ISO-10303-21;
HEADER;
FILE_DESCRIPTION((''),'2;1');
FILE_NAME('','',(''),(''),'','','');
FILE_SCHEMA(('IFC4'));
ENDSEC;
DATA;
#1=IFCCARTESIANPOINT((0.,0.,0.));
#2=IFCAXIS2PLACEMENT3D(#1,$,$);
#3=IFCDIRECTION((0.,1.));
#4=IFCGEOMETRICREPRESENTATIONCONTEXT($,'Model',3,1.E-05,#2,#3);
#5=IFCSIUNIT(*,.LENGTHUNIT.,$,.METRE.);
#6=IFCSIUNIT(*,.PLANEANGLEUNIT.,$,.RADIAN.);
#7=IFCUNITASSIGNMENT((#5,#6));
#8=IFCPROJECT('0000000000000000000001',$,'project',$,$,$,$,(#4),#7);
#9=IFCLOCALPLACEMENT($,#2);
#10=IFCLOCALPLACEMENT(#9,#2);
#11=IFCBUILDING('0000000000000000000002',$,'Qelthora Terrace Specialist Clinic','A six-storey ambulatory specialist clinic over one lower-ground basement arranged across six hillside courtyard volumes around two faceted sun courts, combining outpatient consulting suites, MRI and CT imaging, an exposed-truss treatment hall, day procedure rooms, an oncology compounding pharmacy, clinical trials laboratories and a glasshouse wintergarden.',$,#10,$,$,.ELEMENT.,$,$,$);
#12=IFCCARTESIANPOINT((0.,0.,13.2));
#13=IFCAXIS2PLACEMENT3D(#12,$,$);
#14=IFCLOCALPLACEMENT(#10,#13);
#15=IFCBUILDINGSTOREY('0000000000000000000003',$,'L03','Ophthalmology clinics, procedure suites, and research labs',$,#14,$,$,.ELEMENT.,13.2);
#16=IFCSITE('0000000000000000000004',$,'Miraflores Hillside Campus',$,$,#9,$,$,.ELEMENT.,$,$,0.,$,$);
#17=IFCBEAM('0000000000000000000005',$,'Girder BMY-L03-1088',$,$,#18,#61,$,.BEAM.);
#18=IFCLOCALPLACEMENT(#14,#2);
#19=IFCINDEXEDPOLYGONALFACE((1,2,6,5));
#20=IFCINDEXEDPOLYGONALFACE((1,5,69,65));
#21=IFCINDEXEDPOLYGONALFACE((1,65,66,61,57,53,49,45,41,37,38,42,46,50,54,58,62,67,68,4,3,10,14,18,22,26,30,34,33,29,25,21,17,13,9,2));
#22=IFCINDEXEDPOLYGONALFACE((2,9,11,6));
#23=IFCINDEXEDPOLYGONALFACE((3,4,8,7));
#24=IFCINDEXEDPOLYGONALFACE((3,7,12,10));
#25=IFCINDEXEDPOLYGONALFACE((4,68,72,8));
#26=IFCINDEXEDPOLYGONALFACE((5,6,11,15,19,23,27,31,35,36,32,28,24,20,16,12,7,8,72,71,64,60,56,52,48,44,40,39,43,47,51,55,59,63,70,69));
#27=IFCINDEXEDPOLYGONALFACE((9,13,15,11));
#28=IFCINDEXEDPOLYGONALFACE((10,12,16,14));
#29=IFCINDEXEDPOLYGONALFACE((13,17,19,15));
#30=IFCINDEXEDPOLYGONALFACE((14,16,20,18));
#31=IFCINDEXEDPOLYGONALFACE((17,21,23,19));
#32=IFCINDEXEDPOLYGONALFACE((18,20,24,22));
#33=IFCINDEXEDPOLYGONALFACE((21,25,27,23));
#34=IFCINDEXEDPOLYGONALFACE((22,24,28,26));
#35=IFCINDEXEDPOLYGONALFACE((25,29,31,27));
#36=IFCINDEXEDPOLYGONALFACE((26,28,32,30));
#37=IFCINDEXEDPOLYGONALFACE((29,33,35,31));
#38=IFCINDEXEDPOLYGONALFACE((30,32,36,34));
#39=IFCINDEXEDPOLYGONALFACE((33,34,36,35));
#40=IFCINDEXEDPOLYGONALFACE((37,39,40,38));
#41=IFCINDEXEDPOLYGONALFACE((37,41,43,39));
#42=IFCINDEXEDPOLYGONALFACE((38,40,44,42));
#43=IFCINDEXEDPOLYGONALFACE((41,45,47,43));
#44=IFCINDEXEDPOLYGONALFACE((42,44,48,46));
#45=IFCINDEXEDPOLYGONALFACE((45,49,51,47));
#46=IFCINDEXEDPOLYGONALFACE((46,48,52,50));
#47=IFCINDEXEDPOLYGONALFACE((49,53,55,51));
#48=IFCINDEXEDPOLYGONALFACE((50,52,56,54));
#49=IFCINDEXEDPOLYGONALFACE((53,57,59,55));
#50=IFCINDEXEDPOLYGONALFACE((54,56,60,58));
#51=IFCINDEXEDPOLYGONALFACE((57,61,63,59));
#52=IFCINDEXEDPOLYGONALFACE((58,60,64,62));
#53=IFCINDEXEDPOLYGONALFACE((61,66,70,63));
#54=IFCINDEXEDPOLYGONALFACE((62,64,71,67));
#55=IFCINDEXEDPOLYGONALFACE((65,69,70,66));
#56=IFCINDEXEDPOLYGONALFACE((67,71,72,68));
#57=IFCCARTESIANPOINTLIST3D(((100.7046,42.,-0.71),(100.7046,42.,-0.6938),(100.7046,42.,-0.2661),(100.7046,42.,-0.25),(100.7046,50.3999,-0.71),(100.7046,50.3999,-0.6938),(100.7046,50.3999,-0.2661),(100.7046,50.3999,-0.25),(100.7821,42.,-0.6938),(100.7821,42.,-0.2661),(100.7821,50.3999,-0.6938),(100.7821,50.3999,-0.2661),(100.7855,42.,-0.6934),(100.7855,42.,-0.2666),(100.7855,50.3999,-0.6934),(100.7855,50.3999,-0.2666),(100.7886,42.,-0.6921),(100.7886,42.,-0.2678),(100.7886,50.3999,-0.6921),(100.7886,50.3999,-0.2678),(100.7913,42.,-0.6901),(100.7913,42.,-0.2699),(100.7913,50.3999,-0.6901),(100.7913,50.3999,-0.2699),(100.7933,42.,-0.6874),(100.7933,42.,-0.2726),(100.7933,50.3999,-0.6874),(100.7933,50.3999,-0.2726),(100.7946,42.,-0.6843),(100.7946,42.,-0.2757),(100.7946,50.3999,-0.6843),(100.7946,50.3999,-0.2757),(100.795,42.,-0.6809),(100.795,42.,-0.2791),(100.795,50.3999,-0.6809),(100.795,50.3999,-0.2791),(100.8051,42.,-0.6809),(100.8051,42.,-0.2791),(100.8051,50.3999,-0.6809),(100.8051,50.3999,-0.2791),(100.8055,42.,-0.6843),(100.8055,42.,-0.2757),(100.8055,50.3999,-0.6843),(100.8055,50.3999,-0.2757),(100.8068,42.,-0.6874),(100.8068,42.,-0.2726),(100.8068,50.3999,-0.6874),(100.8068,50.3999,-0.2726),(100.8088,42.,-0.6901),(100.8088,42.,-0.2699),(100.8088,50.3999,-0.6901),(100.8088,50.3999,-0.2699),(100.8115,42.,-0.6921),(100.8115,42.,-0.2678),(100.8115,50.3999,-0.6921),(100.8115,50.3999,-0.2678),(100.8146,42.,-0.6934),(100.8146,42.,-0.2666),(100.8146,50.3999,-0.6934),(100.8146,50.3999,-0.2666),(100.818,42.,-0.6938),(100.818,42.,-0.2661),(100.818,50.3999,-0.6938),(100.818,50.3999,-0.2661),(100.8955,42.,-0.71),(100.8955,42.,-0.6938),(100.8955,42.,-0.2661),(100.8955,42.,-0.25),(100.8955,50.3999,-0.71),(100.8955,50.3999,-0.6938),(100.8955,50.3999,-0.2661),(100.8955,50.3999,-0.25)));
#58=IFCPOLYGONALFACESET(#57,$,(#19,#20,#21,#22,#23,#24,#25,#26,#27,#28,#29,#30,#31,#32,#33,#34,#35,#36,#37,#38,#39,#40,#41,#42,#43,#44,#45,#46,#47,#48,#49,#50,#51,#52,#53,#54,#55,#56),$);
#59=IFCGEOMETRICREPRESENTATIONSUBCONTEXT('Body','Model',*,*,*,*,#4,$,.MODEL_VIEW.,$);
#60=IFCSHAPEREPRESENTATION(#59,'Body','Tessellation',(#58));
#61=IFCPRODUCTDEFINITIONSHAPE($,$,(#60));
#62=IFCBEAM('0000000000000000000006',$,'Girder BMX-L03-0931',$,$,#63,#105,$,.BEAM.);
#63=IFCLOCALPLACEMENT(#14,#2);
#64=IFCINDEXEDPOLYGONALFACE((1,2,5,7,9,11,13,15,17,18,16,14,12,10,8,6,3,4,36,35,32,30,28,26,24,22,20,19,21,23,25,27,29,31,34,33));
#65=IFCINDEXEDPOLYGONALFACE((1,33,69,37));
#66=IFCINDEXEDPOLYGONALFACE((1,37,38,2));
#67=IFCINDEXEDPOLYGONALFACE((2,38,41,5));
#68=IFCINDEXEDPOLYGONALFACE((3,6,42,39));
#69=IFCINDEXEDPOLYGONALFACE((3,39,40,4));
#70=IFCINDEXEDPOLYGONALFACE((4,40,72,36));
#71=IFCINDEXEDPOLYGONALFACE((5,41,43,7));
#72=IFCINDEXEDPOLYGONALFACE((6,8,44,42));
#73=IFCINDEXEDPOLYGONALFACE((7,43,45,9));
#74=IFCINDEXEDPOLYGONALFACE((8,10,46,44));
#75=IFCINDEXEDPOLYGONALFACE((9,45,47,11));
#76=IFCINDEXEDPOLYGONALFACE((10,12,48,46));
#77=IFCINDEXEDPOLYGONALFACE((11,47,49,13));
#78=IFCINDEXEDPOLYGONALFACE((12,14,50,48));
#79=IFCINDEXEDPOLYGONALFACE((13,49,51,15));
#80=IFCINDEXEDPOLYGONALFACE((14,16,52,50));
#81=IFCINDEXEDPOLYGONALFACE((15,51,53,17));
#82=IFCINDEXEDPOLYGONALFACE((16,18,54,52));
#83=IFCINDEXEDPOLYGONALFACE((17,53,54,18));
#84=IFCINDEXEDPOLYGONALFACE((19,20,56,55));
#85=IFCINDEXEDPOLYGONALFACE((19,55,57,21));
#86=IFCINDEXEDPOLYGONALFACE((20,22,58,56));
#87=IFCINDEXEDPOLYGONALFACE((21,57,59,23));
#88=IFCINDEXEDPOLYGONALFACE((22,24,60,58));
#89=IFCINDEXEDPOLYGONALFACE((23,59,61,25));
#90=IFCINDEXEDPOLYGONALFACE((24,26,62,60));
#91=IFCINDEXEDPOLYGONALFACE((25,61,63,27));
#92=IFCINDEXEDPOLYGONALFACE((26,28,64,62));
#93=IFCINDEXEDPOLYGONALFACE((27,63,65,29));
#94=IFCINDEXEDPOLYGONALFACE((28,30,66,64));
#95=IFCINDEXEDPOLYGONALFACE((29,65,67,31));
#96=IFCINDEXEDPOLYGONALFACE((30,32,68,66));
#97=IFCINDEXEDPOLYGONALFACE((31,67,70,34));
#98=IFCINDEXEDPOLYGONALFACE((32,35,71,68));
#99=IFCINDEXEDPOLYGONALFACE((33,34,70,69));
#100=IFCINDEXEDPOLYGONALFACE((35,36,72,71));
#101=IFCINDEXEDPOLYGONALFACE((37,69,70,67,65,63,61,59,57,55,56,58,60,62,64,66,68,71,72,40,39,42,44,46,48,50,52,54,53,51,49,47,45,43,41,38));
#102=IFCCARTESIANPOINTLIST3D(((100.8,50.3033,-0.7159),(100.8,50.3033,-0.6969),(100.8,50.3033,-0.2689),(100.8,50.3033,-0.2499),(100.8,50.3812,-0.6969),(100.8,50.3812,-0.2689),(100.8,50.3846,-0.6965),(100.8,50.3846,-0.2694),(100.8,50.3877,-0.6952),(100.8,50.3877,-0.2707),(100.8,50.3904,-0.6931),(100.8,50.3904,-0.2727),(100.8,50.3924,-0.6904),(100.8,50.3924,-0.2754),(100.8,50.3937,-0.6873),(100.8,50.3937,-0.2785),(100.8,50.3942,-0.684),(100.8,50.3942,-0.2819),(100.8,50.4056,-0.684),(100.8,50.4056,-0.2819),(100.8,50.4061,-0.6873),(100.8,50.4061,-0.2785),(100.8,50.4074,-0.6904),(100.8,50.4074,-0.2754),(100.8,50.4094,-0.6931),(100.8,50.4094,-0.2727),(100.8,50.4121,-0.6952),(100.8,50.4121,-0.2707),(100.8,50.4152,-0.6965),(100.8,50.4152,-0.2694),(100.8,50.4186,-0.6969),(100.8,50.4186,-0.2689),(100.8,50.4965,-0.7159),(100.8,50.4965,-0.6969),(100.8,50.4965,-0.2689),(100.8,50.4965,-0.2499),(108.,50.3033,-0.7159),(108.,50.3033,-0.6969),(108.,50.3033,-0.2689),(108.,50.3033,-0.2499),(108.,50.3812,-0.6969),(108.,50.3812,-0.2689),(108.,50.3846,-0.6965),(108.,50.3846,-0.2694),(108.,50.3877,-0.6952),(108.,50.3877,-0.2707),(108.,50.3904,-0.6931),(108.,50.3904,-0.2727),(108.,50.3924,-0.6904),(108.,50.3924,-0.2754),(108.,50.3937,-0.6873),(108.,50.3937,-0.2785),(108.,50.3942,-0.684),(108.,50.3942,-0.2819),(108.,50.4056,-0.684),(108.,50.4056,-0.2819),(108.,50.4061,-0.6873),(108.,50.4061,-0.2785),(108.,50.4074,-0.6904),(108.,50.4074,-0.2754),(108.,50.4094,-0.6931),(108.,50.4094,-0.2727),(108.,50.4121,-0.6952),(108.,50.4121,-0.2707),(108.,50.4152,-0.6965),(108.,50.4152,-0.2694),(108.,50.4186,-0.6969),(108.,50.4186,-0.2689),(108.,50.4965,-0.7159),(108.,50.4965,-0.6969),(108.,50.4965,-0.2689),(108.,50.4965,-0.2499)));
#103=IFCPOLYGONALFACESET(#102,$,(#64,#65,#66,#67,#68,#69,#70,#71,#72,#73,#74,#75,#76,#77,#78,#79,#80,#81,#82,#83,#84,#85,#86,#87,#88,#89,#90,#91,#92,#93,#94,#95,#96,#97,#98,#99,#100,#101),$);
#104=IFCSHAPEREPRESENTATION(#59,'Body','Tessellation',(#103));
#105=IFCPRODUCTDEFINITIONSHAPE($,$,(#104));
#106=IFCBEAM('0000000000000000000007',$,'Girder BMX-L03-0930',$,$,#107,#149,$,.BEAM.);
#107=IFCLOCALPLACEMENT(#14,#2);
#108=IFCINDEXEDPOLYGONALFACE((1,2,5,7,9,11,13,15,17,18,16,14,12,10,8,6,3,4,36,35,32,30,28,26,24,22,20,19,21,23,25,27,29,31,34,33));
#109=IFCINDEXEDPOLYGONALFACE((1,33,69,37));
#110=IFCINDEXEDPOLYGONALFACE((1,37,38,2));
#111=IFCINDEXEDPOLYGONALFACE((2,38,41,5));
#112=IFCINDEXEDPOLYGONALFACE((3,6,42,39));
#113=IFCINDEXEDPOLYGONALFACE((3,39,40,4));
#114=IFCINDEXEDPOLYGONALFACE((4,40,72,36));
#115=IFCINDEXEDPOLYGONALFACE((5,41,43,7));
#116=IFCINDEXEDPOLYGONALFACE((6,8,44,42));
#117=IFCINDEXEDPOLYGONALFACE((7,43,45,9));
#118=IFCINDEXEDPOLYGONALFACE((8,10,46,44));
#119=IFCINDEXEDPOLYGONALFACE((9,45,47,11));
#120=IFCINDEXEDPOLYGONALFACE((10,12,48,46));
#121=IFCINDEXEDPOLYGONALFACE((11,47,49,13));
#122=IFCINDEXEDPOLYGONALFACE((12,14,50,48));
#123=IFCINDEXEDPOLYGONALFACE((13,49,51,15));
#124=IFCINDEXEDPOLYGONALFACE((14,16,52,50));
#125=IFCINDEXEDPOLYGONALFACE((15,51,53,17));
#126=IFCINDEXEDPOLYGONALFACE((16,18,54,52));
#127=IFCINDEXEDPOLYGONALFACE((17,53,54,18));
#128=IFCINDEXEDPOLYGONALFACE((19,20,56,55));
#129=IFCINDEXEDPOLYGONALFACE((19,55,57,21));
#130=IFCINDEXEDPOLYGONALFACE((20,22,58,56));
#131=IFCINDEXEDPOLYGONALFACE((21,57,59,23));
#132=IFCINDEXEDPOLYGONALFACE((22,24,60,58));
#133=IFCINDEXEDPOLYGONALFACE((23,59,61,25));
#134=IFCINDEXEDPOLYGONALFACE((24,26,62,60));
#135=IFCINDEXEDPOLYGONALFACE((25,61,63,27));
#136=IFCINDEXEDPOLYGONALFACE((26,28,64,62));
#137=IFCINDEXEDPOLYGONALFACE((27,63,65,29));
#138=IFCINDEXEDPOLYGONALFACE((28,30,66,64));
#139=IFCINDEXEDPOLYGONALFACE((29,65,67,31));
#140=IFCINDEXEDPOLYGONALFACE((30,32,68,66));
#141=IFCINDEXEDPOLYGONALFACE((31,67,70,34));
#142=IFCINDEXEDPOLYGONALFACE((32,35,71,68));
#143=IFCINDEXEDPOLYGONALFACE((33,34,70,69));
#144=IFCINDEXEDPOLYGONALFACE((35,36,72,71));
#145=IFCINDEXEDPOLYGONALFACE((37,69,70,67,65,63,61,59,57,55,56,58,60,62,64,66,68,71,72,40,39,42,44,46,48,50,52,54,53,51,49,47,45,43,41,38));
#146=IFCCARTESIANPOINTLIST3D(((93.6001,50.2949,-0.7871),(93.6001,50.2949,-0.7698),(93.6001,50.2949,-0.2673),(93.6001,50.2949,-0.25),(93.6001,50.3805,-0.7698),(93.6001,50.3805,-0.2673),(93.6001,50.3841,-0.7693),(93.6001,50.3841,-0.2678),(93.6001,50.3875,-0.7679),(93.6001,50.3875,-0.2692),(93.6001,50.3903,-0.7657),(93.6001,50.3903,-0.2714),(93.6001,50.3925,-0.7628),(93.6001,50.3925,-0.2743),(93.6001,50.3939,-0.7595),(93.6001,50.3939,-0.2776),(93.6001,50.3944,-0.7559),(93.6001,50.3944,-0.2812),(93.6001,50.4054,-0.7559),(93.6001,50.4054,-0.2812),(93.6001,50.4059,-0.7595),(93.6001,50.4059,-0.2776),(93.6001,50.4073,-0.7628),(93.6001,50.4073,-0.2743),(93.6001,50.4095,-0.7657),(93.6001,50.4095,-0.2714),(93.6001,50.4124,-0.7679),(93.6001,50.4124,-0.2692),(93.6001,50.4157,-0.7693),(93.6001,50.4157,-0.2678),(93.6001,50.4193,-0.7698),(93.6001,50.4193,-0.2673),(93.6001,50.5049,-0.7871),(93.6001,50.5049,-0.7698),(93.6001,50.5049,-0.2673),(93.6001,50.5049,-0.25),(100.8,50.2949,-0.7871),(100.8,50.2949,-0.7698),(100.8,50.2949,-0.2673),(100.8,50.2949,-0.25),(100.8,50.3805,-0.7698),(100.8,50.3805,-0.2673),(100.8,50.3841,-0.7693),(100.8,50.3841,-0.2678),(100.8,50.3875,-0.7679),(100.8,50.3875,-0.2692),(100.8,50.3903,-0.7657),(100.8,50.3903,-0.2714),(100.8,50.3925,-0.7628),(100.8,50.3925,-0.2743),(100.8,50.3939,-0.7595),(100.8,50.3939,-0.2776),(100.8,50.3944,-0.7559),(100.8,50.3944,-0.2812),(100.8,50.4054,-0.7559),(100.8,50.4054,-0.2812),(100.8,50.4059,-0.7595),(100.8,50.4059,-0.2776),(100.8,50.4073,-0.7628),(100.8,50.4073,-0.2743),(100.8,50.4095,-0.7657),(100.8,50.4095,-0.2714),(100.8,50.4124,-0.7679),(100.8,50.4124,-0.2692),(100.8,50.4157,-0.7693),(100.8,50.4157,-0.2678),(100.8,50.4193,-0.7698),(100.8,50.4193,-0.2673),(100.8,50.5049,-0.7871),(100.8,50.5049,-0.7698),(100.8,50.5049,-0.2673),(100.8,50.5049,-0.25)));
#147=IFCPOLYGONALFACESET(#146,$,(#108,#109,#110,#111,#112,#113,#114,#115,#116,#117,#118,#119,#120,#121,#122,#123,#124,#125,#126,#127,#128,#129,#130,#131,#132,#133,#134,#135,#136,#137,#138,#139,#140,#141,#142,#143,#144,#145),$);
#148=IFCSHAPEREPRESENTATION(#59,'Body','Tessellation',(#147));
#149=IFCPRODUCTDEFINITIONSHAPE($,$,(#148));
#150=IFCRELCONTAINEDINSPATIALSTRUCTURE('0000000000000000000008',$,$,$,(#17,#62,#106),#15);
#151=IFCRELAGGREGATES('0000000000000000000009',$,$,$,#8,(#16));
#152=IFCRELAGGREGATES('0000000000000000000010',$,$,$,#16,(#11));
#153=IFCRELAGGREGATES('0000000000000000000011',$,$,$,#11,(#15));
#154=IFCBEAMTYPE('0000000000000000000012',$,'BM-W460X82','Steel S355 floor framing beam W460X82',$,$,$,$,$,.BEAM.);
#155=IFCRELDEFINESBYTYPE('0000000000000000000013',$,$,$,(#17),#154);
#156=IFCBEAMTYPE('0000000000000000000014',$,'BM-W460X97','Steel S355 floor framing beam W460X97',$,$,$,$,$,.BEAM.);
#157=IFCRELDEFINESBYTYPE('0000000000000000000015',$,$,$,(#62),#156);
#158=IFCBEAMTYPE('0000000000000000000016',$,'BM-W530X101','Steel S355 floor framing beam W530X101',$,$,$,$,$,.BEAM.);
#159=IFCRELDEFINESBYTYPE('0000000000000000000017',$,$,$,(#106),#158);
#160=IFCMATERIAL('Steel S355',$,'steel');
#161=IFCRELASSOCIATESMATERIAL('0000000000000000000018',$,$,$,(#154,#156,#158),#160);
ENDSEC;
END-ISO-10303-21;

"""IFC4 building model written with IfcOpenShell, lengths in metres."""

from ifc_helpers import new_model, si_unit, direction, frame, origin, origin_2d, place, context, subcontext, project, spatial, i_section, extrude, material, material_profile, profile_set, type_object, element, save


model = new_model("IFC4")

# Units and contexts
model_context = context("Model", 3, precision=1e-05, world=origin(), true_north=direction((0.0, 1.0)))
body_context = subcontext(model_context, "Body", "Model", "MODEL_VIEW")
ifc_project = project(units=[si_unit("LENGTHUNIT", "METRE"), si_unit("PLANEANGLEUNIT", "RADIAN")], contexts=[model_context])

# Site, building, storey
site_placement = place(None, origin())
site = spatial("IfcSite", under=ifc_project, at=site_placement, Name="Miraflores Hillside Campus", CompositionType="ELEMENT", RefElevation=0.0)
building_placement = place(site_placement, origin())
building = spatial("IfcBuilding", under=site, at=building_placement, Name="Qelthora Terrace Specialist Clinic", Description="A six-storey ambulatory specialist clinic over one lower-ground basement arranged across six hillside courtyard volumes around two faceted sun courts, combining outpatient consulting suites, MRI and CT imaging, an exposed-truss treatment hall, day procedure rooms, an oncology compounding pharmacy, clinical trials laboratories and a glasshouse wintergarden.", CompositionType="ELEMENT")
storey_placement = place(building_placement, frame((0.0, 0.0, 13.2)))
storey = spatial("IfcBuildingStorey", under=building, at=storey_placement, Name="L03", Description="Ophthalmology clinics, procedure suites, and research labs", CompositionType="ELEMENT", Elevation=13.2)

# Shared definitions
ifc_material_1 = material(Name="Steel S355", Category="steel")

# Beams
ifc_material_profile_1 = material_profile(ifc_material_1, i_section(OverallWidth=0.1909, OverallDepth=0.46, WebThickness=0.01, FlangeThickness=0.0161, FilletRadius=0.0129, at=origin_2d()), Name="W460X82")
ifc_profile_set_1 = profile_set([ifc_material_profile_1], Name="Steel S355")
beam_type_1 = type_object("IfcBeamType", Name="BM-W460X82", Description="Steel S355 floor framing beam W460X82", PredefinedType="BEAM", material=ifc_profile_set_1)
beam_1_placement = place(storey_placement, frame((100.8, 42.0, -0.48), z_axis=(0.0, 1.0, 0.0), x_axis=(-1.0, 0.0, 0.0)))
element("IfcBeam", 1, at=beam_1_placement, inside=storey, type_object=beam_type_1, Name="Girder BMY-L03-1088", PredefinedType="BEAM", context=body_context, shape_type="SweptSolid", body=[
    extrude(i_section(OverallWidth=0.1909, OverallDepth=0.46, WebThickness=0.01, FlangeThickness=0.0161, FilletRadius=0.0129, at=origin_2d()), origin(), (0.0, 0.0, 1.0), 8.3999),
])
ifc_material_profile_2 = material_profile(ifc_material_1, i_section(OverallWidth=0.1931, OverallDepth=0.4661, WebThickness=0.0115, FlangeThickness=0.019, FilletRadius=0.0129, at=origin_2d()), Name="W460X97")
ifc_profile_set_2 = profile_set([ifc_material_profile_2], Name="Steel S355")
beam_type_2 = type_object("IfcBeamType", Name="BM-W460X97", Description="Steel S355 floor framing beam W460X97", PredefinedType="BEAM", material=ifc_profile_set_2)
beam_2_placement = place(storey_placement, frame((100.8, 50.3999, -0.4829), z_axis=(1.0, 0.0, 0.0), x_axis=(0.0, 1.0, 0.0)))
element("IfcBeam", 2, at=beam_2_placement, inside=storey, type_object=beam_type_2, Name="Girder BMX-L03-0931", PredefinedType="BEAM", context=body_context, shape_type="SweptSolid", body=[
    extrude(i_section(OverallWidth=0.1931, OverallDepth=0.4661, WebThickness=0.0115, FlangeThickness=0.019, FilletRadius=0.0129, at=origin_2d()), origin(), (0.0, 0.0, 1.0), 7.2),
])
ifc_material_profile_3 = material_profile(ifc_material_1, i_section(OverallWidth=0.21, OverallDepth=0.5371, WebThickness=0.011, FlangeThickness=0.0173, FilletRadius=0.0139, at=origin_2d()), Name="W530X101")
ifc_profile_set_3 = profile_set([ifc_material_profile_3], Name="Steel S355")
beam_type_3 = type_object("IfcBeamType", Name="BM-W530X101", Description="Steel S355 floor framing beam W530X101", PredefinedType="BEAM", material=ifc_profile_set_3)
beam_3_placement = place(storey_placement, frame((93.6001, 50.3999, -0.5186), z_axis=(1.0, 0.0, 0.0), x_axis=(0.0, 1.0, 0.0)))
element("IfcBeam", 3, at=beam_3_placement, inside=storey, type_object=beam_type_3, Name="Girder BMX-L03-0930", PredefinedType="BEAM", context=body_context, shape_type="SweptSolid", body=[
    extrude(i_section(OverallWidth=0.21, OverallDepth=0.5371, WebThickness=0.011, FlangeThickness=0.0173, FilletRadius=0.0139, at=origin_2d()), origin(), (0.0, 0.0, 1.0), 7.2),
])

save(model, "model.ifc")
